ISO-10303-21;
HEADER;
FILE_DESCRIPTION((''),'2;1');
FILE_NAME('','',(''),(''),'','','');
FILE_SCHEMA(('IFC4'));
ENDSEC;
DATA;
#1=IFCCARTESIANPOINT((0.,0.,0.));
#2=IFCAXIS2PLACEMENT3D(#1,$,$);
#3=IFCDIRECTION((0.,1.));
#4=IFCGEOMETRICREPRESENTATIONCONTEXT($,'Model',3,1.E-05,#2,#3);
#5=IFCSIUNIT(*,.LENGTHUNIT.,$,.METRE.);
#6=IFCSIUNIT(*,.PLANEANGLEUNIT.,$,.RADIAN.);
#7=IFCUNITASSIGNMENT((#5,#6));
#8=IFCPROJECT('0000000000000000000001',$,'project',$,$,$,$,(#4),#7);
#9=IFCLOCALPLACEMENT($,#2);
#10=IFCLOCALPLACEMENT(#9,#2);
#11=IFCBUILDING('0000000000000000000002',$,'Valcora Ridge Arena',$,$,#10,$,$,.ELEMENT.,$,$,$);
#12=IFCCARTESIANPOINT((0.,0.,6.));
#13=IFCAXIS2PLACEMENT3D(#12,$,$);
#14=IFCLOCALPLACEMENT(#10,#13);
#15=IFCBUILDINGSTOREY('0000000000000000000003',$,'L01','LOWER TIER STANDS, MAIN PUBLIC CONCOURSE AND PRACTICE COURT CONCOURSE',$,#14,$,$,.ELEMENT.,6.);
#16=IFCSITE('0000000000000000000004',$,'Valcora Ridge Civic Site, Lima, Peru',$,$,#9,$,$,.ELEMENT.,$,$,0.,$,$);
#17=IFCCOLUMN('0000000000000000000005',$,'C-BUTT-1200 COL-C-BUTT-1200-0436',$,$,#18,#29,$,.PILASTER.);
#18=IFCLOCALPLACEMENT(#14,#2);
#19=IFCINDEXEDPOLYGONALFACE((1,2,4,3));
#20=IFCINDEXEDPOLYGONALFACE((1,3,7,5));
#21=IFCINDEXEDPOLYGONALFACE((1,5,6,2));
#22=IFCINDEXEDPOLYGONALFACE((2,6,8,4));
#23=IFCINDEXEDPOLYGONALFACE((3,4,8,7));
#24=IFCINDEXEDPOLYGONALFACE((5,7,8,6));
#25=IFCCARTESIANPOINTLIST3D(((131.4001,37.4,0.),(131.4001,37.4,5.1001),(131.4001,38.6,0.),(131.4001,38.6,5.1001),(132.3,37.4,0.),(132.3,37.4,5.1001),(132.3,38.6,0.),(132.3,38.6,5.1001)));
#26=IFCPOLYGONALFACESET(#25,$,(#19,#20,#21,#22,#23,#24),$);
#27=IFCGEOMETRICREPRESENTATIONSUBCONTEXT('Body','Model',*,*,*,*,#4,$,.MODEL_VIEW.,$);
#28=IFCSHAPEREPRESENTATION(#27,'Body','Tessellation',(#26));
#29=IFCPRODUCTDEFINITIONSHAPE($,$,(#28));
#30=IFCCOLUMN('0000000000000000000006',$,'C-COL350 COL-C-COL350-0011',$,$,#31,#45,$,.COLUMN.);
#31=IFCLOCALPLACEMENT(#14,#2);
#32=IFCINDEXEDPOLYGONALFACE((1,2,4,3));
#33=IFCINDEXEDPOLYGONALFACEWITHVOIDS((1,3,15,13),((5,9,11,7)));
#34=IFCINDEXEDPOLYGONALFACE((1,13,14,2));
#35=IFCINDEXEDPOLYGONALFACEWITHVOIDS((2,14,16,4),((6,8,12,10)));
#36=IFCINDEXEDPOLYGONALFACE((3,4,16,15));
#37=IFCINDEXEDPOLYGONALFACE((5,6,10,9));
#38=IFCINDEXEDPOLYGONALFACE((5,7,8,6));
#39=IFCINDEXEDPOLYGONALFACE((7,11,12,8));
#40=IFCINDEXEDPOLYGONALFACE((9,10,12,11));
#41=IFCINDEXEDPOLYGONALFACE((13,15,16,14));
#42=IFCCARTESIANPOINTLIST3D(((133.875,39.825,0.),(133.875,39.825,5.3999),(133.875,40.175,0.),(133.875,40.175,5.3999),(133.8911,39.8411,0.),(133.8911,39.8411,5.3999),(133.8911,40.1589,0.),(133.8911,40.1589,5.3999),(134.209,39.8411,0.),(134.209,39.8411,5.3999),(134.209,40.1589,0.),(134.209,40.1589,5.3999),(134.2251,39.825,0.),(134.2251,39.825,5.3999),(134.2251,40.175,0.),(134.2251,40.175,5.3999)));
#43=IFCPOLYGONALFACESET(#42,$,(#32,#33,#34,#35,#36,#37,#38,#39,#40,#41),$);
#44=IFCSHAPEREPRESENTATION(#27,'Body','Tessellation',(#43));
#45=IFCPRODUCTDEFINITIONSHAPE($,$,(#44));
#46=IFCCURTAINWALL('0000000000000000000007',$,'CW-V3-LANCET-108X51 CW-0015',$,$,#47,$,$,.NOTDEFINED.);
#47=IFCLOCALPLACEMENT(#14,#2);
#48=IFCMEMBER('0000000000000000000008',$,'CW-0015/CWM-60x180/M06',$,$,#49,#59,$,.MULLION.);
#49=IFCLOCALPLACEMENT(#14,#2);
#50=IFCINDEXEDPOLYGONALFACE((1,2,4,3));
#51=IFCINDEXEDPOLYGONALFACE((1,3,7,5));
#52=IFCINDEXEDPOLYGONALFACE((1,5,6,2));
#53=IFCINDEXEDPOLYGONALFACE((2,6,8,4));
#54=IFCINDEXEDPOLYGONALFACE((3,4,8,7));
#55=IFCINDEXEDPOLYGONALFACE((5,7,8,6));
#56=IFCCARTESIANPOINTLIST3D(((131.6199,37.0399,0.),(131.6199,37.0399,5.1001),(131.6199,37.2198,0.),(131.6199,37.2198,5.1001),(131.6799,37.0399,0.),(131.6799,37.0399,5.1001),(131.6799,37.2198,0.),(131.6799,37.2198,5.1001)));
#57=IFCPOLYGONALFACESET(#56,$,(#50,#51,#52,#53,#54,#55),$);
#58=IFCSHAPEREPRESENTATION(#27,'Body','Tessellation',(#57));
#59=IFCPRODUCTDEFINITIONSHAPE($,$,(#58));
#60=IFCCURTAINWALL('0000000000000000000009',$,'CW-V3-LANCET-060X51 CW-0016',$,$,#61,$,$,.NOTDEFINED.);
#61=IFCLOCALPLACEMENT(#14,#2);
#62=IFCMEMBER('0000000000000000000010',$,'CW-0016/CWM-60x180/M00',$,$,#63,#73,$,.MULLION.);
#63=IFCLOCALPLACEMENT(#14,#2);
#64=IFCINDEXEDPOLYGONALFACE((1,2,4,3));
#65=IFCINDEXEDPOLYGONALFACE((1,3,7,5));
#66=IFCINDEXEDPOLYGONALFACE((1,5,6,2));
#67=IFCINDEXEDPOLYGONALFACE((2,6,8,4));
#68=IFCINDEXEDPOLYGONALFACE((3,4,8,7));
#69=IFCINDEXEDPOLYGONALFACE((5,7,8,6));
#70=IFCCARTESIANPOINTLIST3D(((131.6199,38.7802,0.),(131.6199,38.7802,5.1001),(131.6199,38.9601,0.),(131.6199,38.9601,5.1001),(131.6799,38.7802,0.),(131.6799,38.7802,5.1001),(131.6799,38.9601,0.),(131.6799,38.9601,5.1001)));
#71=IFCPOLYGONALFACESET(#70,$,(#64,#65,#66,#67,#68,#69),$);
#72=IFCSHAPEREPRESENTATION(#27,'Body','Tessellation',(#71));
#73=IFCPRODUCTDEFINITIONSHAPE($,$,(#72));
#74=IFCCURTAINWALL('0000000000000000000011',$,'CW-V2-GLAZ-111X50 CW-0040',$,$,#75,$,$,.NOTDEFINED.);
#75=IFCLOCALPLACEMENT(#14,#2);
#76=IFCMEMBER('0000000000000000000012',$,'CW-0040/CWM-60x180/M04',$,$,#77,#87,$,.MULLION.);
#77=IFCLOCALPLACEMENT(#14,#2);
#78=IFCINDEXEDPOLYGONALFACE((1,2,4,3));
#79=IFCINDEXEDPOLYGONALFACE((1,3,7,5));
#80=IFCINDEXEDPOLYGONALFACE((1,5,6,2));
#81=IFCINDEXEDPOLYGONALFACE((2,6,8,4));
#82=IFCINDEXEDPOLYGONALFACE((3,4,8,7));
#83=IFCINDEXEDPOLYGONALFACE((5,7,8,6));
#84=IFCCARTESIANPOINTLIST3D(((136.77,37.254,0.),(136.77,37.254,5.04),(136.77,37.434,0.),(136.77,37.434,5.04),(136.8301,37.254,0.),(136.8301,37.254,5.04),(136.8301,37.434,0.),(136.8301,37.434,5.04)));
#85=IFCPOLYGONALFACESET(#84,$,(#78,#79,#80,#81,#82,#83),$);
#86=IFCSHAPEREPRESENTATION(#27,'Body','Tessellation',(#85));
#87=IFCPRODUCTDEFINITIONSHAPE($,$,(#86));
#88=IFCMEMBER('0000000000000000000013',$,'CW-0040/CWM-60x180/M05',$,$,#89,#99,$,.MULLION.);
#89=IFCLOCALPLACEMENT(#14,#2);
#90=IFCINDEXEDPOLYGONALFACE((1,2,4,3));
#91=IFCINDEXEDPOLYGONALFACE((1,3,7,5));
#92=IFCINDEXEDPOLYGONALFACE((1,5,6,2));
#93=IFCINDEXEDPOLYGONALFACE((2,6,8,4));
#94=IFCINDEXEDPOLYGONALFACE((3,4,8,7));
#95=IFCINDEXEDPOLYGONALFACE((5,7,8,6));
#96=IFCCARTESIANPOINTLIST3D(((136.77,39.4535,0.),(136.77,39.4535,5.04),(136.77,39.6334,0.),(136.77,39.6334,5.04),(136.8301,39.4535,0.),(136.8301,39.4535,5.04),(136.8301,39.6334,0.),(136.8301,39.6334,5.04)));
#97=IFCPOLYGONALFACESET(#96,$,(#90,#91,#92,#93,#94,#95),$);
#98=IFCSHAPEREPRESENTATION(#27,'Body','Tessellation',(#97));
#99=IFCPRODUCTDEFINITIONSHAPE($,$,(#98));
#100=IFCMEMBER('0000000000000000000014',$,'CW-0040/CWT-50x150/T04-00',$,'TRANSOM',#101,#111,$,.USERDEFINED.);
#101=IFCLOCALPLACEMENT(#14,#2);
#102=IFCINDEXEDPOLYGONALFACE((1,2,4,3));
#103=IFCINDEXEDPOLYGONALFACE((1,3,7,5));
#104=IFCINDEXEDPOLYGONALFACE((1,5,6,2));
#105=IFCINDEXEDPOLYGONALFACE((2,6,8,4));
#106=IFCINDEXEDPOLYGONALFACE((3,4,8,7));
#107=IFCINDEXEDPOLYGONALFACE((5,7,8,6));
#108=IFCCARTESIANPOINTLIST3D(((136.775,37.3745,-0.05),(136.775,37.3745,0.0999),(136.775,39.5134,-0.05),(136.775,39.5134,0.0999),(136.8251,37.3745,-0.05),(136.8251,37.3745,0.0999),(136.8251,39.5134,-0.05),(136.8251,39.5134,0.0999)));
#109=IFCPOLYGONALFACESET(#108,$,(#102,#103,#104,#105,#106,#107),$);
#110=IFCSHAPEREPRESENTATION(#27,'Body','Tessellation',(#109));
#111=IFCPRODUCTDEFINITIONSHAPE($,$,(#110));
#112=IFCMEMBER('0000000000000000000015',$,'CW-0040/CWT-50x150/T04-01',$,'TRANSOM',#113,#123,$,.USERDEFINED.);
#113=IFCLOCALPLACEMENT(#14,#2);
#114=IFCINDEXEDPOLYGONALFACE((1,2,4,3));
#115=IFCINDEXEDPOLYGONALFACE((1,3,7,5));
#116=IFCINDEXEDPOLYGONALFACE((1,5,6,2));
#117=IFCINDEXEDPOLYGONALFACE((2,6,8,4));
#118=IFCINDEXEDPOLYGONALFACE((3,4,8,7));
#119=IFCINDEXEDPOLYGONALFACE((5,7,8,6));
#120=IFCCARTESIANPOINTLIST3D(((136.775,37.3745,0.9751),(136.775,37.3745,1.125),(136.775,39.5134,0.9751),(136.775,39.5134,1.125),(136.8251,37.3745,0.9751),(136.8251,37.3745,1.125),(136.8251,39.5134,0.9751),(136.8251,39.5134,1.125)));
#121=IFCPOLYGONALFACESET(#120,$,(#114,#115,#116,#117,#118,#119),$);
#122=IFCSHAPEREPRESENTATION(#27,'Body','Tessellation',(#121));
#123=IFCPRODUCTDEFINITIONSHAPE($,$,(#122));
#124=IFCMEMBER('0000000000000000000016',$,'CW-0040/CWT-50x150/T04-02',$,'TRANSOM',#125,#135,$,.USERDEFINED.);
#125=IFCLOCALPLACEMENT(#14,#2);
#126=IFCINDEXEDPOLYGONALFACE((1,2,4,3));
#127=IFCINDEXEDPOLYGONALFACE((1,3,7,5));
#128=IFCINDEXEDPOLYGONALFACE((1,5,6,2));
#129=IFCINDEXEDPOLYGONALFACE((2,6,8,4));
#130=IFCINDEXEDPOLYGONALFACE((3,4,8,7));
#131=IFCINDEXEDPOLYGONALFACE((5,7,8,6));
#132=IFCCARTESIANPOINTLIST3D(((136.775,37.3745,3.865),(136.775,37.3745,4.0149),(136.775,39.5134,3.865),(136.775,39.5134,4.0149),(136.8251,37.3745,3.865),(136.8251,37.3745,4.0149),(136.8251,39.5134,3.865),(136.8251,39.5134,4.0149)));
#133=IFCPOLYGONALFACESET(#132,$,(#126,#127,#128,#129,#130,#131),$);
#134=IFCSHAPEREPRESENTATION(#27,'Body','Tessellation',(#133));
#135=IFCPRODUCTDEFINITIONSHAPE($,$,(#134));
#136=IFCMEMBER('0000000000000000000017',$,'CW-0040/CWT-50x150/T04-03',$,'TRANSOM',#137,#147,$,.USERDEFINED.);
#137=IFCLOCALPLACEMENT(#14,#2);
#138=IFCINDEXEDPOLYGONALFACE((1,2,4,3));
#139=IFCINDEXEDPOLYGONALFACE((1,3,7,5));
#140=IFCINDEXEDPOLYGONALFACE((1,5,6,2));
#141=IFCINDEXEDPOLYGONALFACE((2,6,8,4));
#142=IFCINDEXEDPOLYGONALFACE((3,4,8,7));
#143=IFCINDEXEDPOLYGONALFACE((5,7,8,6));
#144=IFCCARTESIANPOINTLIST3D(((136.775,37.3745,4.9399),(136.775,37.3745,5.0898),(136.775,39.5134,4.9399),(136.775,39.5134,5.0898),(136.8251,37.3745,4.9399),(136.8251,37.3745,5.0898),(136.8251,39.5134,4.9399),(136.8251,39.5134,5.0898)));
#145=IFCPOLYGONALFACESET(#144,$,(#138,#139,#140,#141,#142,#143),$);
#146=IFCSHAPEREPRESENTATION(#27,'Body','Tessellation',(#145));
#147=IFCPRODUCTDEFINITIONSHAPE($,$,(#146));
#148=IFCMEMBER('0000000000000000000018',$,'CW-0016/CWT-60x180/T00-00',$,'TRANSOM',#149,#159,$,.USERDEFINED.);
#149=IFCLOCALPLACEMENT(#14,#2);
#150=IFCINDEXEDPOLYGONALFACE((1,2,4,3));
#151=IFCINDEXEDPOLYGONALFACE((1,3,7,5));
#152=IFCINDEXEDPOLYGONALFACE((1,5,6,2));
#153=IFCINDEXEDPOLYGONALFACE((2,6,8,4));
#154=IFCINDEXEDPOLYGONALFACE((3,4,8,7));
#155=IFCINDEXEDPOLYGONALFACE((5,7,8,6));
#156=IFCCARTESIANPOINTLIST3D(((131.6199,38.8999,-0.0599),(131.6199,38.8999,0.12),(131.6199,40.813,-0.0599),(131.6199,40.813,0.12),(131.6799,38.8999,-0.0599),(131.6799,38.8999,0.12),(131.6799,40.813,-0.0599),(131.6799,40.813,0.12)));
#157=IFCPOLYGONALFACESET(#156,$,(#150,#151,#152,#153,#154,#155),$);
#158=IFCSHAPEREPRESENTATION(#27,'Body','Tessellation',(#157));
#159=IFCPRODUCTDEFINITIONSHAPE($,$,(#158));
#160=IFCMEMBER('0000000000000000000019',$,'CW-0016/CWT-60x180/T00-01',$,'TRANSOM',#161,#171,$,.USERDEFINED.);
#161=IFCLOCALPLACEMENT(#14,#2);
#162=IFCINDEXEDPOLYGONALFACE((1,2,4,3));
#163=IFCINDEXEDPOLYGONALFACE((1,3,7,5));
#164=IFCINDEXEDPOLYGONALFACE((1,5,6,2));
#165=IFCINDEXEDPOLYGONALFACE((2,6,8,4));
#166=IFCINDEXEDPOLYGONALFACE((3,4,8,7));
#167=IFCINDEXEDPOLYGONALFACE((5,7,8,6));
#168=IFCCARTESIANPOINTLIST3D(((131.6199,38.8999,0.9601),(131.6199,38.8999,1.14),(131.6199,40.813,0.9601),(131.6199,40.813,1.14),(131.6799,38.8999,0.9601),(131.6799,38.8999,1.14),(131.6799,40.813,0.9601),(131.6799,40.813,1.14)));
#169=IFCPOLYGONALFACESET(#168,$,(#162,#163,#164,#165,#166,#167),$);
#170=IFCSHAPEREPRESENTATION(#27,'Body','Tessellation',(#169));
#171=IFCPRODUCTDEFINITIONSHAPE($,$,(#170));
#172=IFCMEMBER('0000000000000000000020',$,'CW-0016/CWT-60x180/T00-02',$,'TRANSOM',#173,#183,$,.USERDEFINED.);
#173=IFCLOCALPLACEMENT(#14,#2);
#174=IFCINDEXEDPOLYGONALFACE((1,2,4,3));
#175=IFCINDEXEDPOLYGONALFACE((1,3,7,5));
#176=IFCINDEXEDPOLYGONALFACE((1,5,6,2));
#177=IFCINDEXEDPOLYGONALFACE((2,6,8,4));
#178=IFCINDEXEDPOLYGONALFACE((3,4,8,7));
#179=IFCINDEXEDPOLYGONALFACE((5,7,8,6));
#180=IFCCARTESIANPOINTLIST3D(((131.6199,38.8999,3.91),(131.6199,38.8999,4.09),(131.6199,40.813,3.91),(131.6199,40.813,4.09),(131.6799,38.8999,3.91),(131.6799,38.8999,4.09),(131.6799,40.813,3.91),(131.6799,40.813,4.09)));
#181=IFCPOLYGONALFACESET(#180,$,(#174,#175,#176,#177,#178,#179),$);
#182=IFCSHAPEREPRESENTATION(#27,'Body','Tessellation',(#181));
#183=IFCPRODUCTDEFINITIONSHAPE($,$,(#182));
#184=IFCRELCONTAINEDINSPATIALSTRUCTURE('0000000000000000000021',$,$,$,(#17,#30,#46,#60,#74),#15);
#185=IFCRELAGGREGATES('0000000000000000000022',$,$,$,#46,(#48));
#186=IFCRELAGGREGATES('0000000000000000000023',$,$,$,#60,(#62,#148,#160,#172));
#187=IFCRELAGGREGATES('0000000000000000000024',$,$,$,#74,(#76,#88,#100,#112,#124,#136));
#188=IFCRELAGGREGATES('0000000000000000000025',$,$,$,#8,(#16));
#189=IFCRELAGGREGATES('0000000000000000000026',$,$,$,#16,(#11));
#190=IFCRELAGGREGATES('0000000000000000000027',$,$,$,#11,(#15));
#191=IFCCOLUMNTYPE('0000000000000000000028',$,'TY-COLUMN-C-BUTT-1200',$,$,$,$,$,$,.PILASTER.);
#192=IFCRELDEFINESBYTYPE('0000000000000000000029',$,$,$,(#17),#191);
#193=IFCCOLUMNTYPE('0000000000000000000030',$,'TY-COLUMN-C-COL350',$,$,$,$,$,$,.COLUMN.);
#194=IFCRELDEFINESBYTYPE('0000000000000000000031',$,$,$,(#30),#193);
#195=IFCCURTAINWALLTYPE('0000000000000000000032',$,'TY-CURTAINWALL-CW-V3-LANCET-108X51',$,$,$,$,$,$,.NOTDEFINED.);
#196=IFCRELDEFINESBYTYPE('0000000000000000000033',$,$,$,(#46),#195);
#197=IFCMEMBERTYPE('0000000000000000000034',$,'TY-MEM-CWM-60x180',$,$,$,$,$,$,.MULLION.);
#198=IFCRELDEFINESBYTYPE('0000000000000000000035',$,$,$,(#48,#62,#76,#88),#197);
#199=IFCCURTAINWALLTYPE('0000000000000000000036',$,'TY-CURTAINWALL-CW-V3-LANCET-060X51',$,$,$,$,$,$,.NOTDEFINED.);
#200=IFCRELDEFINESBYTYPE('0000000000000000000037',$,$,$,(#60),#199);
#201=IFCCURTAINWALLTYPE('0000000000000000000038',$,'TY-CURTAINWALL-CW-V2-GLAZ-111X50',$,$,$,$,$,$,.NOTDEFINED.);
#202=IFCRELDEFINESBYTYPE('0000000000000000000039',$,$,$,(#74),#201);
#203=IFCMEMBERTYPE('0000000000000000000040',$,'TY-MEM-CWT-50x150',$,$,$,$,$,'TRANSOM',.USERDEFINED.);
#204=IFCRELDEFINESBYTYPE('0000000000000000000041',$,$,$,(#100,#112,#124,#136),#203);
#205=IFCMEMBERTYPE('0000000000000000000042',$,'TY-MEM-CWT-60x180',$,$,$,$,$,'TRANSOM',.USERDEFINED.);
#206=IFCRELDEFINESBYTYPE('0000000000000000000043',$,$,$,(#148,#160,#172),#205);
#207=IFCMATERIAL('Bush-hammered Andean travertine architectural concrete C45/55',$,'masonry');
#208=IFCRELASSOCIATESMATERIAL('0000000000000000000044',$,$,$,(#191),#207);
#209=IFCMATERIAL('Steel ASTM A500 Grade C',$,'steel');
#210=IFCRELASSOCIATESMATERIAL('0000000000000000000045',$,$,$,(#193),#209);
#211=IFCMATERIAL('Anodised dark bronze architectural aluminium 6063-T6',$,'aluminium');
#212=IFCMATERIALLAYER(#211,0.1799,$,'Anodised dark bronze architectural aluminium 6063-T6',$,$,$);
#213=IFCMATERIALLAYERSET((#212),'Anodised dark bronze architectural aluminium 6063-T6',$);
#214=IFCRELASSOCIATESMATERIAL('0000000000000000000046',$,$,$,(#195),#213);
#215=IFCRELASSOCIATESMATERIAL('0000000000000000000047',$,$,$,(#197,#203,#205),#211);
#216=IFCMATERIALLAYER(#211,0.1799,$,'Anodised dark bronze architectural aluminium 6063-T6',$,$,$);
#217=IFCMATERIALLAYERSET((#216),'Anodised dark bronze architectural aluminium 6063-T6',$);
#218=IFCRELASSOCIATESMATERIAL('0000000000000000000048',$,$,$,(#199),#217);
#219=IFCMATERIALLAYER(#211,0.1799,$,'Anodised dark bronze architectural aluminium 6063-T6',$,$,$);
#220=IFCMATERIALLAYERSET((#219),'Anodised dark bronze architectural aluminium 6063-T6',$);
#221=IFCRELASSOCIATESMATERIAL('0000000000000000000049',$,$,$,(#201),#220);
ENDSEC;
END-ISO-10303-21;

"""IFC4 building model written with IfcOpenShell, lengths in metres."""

from ifc_helpers import new_model, si_unit, direction, frame, origin, origin_2d, place, context, subcontext, project, spatial, rectangle, hollow_rectangle, extrude, material, layer, layer_set, material_profile, profile_set, type_object, element, aggregate, save


model = new_model("IFC4")

# Units and contexts
model_context = context("Model", 3, precision=1e-05, world=origin(), true_north=direction((0.0, 1.0)))
body_context = subcontext(model_context, "Body", "Model", "MODEL_VIEW")
ifc_project = project(units=[si_unit("LENGTHUNIT", "METRE"), si_unit("PLANEANGLEUNIT", "RADIAN")], contexts=[model_context])

# Site, building, storey
site_placement = place(None, origin())
site = spatial("IfcSite", under=ifc_project, at=site_placement, Name="Valcora Ridge Civic Site, Lima, Peru", CompositionType="ELEMENT", RefElevation=0.0)
building_placement = place(site_placement, origin())
building = spatial("IfcBuilding", under=site, at=building_placement, Name="Valcora Ridge Arena", CompositionType="ELEMENT")
storey_placement = place(building_placement, frame((0.0, 0.0, 6.0)))
storey = spatial("IfcBuildingStorey", under=building, at=storey_placement, Name="L01", Description="LOWER TIER STANDS, MAIN PUBLIC CONCOURSE AND PRACTICE COURT CONCOURSE", CompositionType="ELEMENT", Elevation=6.0)

# Columns
ifc_material_1 = material(Name="Bush-hammered Andean travertine architectural concrete C45/55", Category="masonry")
ifc_material_profile_1 = material_profile(ifc_material_1, rectangle(XDim=0.8999, YDim=1.2, at=origin_2d()), Name="RC 900x1200")
ifc_profile_set_1 = profile_set([ifc_material_profile_1], Name="Bush-hammered Andean travertine architectural concrete C45/55")
column_type_1 = type_object("IfcColumnType", Name="TY-COLUMN-C-BUTT-1200", PredefinedType="PILASTER", material=ifc_profile_set_1)
column_1_placement = place(storey_placement, frame((131.8501, 38.0, 0.0), z_axis=(0.0, 0.0, 1.0), x_axis=(1.0, 0.0, 0.0)))
element("IfcColumn", 1, at=column_1_placement, inside=storey, type_object=column_type_1, Name="C-BUTT-1200 COL-C-BUTT-1200-0436", PredefinedType="PILASTER", context=body_context, shape_type="SweptSolid", body=[
    extrude(rectangle(XDim=0.8999, YDim=1.2, at=origin_2d()), origin(), (0.0, 0.0, 1.0), 5.1001),
])
ifc_material_2 = material(Name="Steel ASTM A500 Grade C", Category="steel")
ifc_material_profile_2 = material_profile(ifc_material_2, hollow_rectangle(XDim=0.3501, YDim=0.3501, WallThickness=0.0161, at=origin_2d()), Name="HSS350X350X16")
ifc_profile_set_2 = profile_set([ifc_material_profile_2], Name="Steel ASTM A500 Grade C")
column_type_2 = type_object("IfcColumnType", Name="TY-COLUMN-C-COL350", PredefinedType="COLUMN", material=ifc_profile_set_2)
column_2_placement = place(storey_placement, frame((134.05, 40.0, 0.0), z_axis=(0.0, 0.0, 1.0), x_axis=(1.0, 0.0, 0.0)))
element("IfcColumn", 2, at=column_2_placement, inside=storey, type_object=column_type_2, Name="C-COL350 COL-C-COL350-0011", PredefinedType="COLUMN", context=body_context, shape_type="SweptSolid", body=[
    extrude(hollow_rectangle(XDim=0.3501, YDim=0.3501, WallThickness=0.0161, at=origin_2d()), origin(), (0.0, 0.0, 1.0), 5.3999),
])

# Curtain walls, members
ifc_material_3 = material(Name="Anodised dark bronze architectural aluminium 6063-T6", Category="aluminium")
ifc_layer_1 = layer(ifc_material_3, 0.1799, Name="Anodised dark bronze architectural aluminium 6063-T6")
ifc_layer_set_1 = layer_set([ifc_layer_1], Name="Anodised dark bronze architectural aluminium 6063-T6")
curtain_wall_type_1 = type_object("IfcCurtainWallType", Name="TY-CURTAINWALL-CW-V3-LANCET-108X51", PredefinedType="NOTDEFINED", material=ifc_layer_set_1)
curtain_wall_1_placement = place(storey_placement, origin())
curtain_wall_1 = element("IfcCurtainWall", 3, at=curtain_wall_1_placement, inside=storey, type_object=curtain_wall_type_1, Name="CW-V3-LANCET-108X51 CW-0015", PredefinedType="NOTDEFINED")
ifc_material_profile_3 = material_profile(ifc_material_3, rectangle(XDim=0.0601, YDim=0.1799, at=origin_2d()), Name="ALU MULLION 60x180")
ifc_profile_set_3 = profile_set([ifc_material_profile_3], Name="Anodised dark bronze architectural aluminium 6063-T6")
member_type_1 = type_object("IfcMemberType", Name="TY-MEM-CWM-60x180", PredefinedType="MULLION", material=ifc_profile_set_3)
member_1_placement = place(storey_placement, frame((131.6499, 37.1299, 0.0), z_axis=(0.0, 0.0, 1.0), x_axis=(-1.0, 0.0, 0.0)))
member_1 = element("IfcMember", 4, at=member_1_placement, type_object=member_type_1, Name="CW-0015/CWM-60x180/M06", PredefinedType="MULLION", context=body_context, shape_type="SweptSolid", body=[
    extrude(rectangle(XDim=0.0601, YDim=0.1799, at=origin_2d()), origin(), (0.0, 0.0, 1.0), 5.1001),
])
ifc_layer_2 = layer(ifc_material_3, 0.1799, Name="Anodised dark bronze architectural aluminium 6063-T6")
ifc_layer_set_2 = layer_set([ifc_layer_2], Name="Anodised dark bronze architectural aluminium 6063-T6")
curtain_wall_type_2 = type_object("IfcCurtainWallType", Name="TY-CURTAINWALL-CW-V3-LANCET-060X51", PredefinedType="NOTDEFINED", material=ifc_layer_set_2)
curtain_wall_2_placement = place(storey_placement, origin())
curtain_wall_2 = element("IfcCurtainWall", 5, at=curtain_wall_2_placement, inside=storey, type_object=curtain_wall_type_2, Name="CW-V3-LANCET-060X51 CW-0016", PredefinedType="NOTDEFINED")
member_2_placement = place(storey_placement, frame((131.6499, 38.8701, 0.0), z_axis=(0.0, 0.0, 1.0), x_axis=(-1.0, 0.0, 0.0)))
member_2 = element("IfcMember", 6, at=member_2_placement, type_object=member_type_1, Name="CW-0016/CWM-60x180/M00", PredefinedType="MULLION", context=body_context, shape_type="SweptSolid", body=[
    extrude(rectangle(XDim=0.0601, YDim=0.1799, at=origin_2d()), origin(), (0.0, 0.0, 1.0), 5.1001),
])

# Curtain wall, members
ifc_layer_3 = layer(ifc_material_3, 0.1799, Name="Anodised dark bronze architectural aluminium 6063-T6")
ifc_layer_set_3 = layer_set([ifc_layer_3], Name="Anodised dark bronze architectural aluminium 6063-T6")
curtain_wall_type_3 = type_object("IfcCurtainWallType", Name="TY-CURTAINWALL-CW-V2-GLAZ-111X50", PredefinedType="NOTDEFINED", material=ifc_layer_set_3)
curtain_wall_3_placement = place(storey_placement, origin())
curtain_wall_3 = element("IfcCurtainWall", 7, at=curtain_wall_3_placement, inside=storey, type_object=curtain_wall_type_3, Name="CW-V2-GLAZ-111X50 CW-0040", PredefinedType="NOTDEFINED")
member_3_placement = place(storey_placement, frame((136.8, 37.344, 0.0), z_axis=(0.0, 0.0, 1.0), x_axis=(-1.0, 0.0, 0.0)))
member_3 = element("IfcMember", 8, at=member_3_placement, type_object=member_type_1, Name="CW-0040/CWM-60x180/M04", PredefinedType="MULLION", context=body_context, shape_type="SweptSolid", body=[
    extrude(rectangle(XDim=0.0601, YDim=0.1799, at=origin_2d()), origin(), (0.0, 0.0, 1.0), 5.04),
])
member_4_placement = place(storey_placement, frame((136.8, 39.5435, 0.0), z_axis=(0.0, 0.0, 1.0), x_axis=(-1.0, 0.0, 0.0)))
member_4 = element("IfcMember", 9, at=member_4_placement, type_object=member_type_1, Name="CW-0040/CWM-60x180/M05", PredefinedType="MULLION", context=body_context, shape_type="SweptSolid", body=[
    extrude(rectangle(XDim=0.0601, YDim=0.1799, at=origin_2d()), origin(), (0.0, 0.0, 1.0), 5.04),
])
ifc_material_profile_4 = material_profile(ifc_material_3, rectangle(XDim=0.05, YDim=0.1499, at=origin_2d()), Name="ALU TRANSOM 50x150")
ifc_profile_set_4 = profile_set([ifc_material_profile_4], Name="Anodised dark bronze architectural aluminium 6063-T6")
member_type_2 = type_object("IfcMemberType", Name="TY-MEM-CWT-50x150", ElementType="TRANSOM", PredefinedType="USERDEFINED", material=ifc_profile_set_4)
member_5_placement = place(storey_placement, frame((136.8, 37.3745, 0.0249), z_axis=(0.0, 1.0, 0.0), x_axis=(-1.0, 0.0, 0.0)))
member_5 = element("IfcMember", 10, at=member_5_placement, type_object=member_type_2, Name="CW-0040/CWT-50x150/T04-00", ObjectType="TRANSOM", PredefinedType="USERDEFINED", context=body_context, shape_type="SweptSolid", body=[
    extrude(rectangle(XDim=0.05, YDim=0.1499, at=origin_2d()), origin(), (0.0, 0.0, 1.0), 2.1389),
])
member_6_placement = place(storey_placement, frame((136.8, 37.3745, 1.05), z_axis=(0.0, 1.0, 0.0), x_axis=(-1.0, 0.0, 0.0)))
member_6 = element("IfcMember", 11, at=member_6_placement, type_object=member_type_2, Name="CW-0040/CWT-50x150/T04-01", ObjectType="TRANSOM", PredefinedType="USERDEFINED", context=body_context, shape_type="SweptSolid", body=[
    extrude(rectangle(XDim=0.05, YDim=0.1499, at=origin_2d()), origin(), (0.0, 0.0, 1.0), 2.1389),
])
member_7_placement = place(storey_placement, frame((136.8, 37.3745, 3.9399), z_axis=(0.0, 1.0, 0.0), x_axis=(-1.0, 0.0, 0.0)))
member_7 = element("IfcMember", 12, at=member_7_placement, type_object=member_type_2, Name="CW-0040/CWT-50x150/T04-02", ObjectType="TRANSOM", PredefinedType="USERDEFINED", context=body_context, shape_type="SweptSolid", body=[
    extrude(rectangle(XDim=0.05, YDim=0.1499, at=origin_2d()), origin(), (0.0, 0.0, 1.0), 2.1389),
])
member_8_placement = place(storey_placement, frame((136.8, 37.3745, 5.0149), z_axis=(0.0, 1.0, 0.0), x_axis=(-1.0, 0.0, 0.0)))
member_8 = element("IfcMember", 13, at=member_8_placement, type_object=member_type_2, Name="CW-0040/CWT-50x150/T04-03", ObjectType="TRANSOM", PredefinedType="USERDEFINED", context=body_context, shape_type="SweptSolid", body=[
    extrude(rectangle(XDim=0.05, YDim=0.1499, at=origin_2d()), origin(), (0.0, 0.0, 1.0), 2.1389),
])

# Members
ifc_material_profile_5 = material_profile(ifc_material_3, rectangle(XDim=0.0601, YDim=0.1799, at=origin_2d()), Name="ALU TRANSOM 60x180")
ifc_profile_set_5 = profile_set([ifc_material_profile_5], Name="Anodised dark bronze architectural aluminium 6063-T6")
member_type_3 = type_object("IfcMemberType", Name="TY-MEM-CWT-60x180", ElementType="TRANSOM", PredefinedType="USERDEFINED", material=ifc_profile_set_5)
member_9_placement = place(storey_placement, frame((131.6499, 38.8999, 0.03), z_axis=(0.0, 1.0, 0.0), x_axis=(-1.0, 0.0, 0.0)))
member_9 = element("IfcMember", 14, at=member_9_placement, type_object=member_type_3, Name="CW-0016/CWT-60x180/T00-00", ObjectType="TRANSOM", PredefinedType="USERDEFINED", context=body_context, shape_type="SweptSolid", body=[
    extrude(rectangle(XDim=0.0601, YDim=0.1799, at=origin_2d()), origin(), (0.0, 0.0, 1.0), 1.9131),
])
member_10_placement = place(storey_placement, frame((131.6499, 38.8999, 1.05), z_axis=(0.0, 1.0, 0.0), x_axis=(-1.0, 0.0, 0.0)))
member_10 = element("IfcMember", 15, at=member_10_placement, type_object=member_type_3, Name="CW-0016/CWT-60x180/T00-01", ObjectType="TRANSOM", PredefinedType="USERDEFINED", context=body_context, shape_type="SweptSolid", body=[
    extrude(rectangle(XDim=0.0601, YDim=0.1799, at=origin_2d()), origin(), (0.0, 0.0, 1.0), 1.9131),
])
member_11_placement = place(storey_placement, frame((131.6499, 38.8999, 4.0), z_axis=(0.0, 1.0, 0.0), x_axis=(-1.0, 0.0, 0.0)))
member_11 = element("IfcMember", 16, at=member_11_placement, type_object=member_type_3, Name="CW-0016/CWT-60x180/T00-02", ObjectType="TRANSOM", PredefinedType="USERDEFINED", context=body_context, shape_type="SweptSolid", body=[
    extrude(rectangle(XDim=0.0601, YDim=0.1799, at=origin_2d()), origin(), (0.0, 0.0, 1.0), 1.9131),
])

aggregate(curtain_wall_1, [member_1])
aggregate(curtain_wall_2, [member_2, member_9, member_10, member_11])
aggregate(curtain_wall_3, [member_3, member_4, member_5, member_6, member_7, member_8])

save(model, "model.ifc")
